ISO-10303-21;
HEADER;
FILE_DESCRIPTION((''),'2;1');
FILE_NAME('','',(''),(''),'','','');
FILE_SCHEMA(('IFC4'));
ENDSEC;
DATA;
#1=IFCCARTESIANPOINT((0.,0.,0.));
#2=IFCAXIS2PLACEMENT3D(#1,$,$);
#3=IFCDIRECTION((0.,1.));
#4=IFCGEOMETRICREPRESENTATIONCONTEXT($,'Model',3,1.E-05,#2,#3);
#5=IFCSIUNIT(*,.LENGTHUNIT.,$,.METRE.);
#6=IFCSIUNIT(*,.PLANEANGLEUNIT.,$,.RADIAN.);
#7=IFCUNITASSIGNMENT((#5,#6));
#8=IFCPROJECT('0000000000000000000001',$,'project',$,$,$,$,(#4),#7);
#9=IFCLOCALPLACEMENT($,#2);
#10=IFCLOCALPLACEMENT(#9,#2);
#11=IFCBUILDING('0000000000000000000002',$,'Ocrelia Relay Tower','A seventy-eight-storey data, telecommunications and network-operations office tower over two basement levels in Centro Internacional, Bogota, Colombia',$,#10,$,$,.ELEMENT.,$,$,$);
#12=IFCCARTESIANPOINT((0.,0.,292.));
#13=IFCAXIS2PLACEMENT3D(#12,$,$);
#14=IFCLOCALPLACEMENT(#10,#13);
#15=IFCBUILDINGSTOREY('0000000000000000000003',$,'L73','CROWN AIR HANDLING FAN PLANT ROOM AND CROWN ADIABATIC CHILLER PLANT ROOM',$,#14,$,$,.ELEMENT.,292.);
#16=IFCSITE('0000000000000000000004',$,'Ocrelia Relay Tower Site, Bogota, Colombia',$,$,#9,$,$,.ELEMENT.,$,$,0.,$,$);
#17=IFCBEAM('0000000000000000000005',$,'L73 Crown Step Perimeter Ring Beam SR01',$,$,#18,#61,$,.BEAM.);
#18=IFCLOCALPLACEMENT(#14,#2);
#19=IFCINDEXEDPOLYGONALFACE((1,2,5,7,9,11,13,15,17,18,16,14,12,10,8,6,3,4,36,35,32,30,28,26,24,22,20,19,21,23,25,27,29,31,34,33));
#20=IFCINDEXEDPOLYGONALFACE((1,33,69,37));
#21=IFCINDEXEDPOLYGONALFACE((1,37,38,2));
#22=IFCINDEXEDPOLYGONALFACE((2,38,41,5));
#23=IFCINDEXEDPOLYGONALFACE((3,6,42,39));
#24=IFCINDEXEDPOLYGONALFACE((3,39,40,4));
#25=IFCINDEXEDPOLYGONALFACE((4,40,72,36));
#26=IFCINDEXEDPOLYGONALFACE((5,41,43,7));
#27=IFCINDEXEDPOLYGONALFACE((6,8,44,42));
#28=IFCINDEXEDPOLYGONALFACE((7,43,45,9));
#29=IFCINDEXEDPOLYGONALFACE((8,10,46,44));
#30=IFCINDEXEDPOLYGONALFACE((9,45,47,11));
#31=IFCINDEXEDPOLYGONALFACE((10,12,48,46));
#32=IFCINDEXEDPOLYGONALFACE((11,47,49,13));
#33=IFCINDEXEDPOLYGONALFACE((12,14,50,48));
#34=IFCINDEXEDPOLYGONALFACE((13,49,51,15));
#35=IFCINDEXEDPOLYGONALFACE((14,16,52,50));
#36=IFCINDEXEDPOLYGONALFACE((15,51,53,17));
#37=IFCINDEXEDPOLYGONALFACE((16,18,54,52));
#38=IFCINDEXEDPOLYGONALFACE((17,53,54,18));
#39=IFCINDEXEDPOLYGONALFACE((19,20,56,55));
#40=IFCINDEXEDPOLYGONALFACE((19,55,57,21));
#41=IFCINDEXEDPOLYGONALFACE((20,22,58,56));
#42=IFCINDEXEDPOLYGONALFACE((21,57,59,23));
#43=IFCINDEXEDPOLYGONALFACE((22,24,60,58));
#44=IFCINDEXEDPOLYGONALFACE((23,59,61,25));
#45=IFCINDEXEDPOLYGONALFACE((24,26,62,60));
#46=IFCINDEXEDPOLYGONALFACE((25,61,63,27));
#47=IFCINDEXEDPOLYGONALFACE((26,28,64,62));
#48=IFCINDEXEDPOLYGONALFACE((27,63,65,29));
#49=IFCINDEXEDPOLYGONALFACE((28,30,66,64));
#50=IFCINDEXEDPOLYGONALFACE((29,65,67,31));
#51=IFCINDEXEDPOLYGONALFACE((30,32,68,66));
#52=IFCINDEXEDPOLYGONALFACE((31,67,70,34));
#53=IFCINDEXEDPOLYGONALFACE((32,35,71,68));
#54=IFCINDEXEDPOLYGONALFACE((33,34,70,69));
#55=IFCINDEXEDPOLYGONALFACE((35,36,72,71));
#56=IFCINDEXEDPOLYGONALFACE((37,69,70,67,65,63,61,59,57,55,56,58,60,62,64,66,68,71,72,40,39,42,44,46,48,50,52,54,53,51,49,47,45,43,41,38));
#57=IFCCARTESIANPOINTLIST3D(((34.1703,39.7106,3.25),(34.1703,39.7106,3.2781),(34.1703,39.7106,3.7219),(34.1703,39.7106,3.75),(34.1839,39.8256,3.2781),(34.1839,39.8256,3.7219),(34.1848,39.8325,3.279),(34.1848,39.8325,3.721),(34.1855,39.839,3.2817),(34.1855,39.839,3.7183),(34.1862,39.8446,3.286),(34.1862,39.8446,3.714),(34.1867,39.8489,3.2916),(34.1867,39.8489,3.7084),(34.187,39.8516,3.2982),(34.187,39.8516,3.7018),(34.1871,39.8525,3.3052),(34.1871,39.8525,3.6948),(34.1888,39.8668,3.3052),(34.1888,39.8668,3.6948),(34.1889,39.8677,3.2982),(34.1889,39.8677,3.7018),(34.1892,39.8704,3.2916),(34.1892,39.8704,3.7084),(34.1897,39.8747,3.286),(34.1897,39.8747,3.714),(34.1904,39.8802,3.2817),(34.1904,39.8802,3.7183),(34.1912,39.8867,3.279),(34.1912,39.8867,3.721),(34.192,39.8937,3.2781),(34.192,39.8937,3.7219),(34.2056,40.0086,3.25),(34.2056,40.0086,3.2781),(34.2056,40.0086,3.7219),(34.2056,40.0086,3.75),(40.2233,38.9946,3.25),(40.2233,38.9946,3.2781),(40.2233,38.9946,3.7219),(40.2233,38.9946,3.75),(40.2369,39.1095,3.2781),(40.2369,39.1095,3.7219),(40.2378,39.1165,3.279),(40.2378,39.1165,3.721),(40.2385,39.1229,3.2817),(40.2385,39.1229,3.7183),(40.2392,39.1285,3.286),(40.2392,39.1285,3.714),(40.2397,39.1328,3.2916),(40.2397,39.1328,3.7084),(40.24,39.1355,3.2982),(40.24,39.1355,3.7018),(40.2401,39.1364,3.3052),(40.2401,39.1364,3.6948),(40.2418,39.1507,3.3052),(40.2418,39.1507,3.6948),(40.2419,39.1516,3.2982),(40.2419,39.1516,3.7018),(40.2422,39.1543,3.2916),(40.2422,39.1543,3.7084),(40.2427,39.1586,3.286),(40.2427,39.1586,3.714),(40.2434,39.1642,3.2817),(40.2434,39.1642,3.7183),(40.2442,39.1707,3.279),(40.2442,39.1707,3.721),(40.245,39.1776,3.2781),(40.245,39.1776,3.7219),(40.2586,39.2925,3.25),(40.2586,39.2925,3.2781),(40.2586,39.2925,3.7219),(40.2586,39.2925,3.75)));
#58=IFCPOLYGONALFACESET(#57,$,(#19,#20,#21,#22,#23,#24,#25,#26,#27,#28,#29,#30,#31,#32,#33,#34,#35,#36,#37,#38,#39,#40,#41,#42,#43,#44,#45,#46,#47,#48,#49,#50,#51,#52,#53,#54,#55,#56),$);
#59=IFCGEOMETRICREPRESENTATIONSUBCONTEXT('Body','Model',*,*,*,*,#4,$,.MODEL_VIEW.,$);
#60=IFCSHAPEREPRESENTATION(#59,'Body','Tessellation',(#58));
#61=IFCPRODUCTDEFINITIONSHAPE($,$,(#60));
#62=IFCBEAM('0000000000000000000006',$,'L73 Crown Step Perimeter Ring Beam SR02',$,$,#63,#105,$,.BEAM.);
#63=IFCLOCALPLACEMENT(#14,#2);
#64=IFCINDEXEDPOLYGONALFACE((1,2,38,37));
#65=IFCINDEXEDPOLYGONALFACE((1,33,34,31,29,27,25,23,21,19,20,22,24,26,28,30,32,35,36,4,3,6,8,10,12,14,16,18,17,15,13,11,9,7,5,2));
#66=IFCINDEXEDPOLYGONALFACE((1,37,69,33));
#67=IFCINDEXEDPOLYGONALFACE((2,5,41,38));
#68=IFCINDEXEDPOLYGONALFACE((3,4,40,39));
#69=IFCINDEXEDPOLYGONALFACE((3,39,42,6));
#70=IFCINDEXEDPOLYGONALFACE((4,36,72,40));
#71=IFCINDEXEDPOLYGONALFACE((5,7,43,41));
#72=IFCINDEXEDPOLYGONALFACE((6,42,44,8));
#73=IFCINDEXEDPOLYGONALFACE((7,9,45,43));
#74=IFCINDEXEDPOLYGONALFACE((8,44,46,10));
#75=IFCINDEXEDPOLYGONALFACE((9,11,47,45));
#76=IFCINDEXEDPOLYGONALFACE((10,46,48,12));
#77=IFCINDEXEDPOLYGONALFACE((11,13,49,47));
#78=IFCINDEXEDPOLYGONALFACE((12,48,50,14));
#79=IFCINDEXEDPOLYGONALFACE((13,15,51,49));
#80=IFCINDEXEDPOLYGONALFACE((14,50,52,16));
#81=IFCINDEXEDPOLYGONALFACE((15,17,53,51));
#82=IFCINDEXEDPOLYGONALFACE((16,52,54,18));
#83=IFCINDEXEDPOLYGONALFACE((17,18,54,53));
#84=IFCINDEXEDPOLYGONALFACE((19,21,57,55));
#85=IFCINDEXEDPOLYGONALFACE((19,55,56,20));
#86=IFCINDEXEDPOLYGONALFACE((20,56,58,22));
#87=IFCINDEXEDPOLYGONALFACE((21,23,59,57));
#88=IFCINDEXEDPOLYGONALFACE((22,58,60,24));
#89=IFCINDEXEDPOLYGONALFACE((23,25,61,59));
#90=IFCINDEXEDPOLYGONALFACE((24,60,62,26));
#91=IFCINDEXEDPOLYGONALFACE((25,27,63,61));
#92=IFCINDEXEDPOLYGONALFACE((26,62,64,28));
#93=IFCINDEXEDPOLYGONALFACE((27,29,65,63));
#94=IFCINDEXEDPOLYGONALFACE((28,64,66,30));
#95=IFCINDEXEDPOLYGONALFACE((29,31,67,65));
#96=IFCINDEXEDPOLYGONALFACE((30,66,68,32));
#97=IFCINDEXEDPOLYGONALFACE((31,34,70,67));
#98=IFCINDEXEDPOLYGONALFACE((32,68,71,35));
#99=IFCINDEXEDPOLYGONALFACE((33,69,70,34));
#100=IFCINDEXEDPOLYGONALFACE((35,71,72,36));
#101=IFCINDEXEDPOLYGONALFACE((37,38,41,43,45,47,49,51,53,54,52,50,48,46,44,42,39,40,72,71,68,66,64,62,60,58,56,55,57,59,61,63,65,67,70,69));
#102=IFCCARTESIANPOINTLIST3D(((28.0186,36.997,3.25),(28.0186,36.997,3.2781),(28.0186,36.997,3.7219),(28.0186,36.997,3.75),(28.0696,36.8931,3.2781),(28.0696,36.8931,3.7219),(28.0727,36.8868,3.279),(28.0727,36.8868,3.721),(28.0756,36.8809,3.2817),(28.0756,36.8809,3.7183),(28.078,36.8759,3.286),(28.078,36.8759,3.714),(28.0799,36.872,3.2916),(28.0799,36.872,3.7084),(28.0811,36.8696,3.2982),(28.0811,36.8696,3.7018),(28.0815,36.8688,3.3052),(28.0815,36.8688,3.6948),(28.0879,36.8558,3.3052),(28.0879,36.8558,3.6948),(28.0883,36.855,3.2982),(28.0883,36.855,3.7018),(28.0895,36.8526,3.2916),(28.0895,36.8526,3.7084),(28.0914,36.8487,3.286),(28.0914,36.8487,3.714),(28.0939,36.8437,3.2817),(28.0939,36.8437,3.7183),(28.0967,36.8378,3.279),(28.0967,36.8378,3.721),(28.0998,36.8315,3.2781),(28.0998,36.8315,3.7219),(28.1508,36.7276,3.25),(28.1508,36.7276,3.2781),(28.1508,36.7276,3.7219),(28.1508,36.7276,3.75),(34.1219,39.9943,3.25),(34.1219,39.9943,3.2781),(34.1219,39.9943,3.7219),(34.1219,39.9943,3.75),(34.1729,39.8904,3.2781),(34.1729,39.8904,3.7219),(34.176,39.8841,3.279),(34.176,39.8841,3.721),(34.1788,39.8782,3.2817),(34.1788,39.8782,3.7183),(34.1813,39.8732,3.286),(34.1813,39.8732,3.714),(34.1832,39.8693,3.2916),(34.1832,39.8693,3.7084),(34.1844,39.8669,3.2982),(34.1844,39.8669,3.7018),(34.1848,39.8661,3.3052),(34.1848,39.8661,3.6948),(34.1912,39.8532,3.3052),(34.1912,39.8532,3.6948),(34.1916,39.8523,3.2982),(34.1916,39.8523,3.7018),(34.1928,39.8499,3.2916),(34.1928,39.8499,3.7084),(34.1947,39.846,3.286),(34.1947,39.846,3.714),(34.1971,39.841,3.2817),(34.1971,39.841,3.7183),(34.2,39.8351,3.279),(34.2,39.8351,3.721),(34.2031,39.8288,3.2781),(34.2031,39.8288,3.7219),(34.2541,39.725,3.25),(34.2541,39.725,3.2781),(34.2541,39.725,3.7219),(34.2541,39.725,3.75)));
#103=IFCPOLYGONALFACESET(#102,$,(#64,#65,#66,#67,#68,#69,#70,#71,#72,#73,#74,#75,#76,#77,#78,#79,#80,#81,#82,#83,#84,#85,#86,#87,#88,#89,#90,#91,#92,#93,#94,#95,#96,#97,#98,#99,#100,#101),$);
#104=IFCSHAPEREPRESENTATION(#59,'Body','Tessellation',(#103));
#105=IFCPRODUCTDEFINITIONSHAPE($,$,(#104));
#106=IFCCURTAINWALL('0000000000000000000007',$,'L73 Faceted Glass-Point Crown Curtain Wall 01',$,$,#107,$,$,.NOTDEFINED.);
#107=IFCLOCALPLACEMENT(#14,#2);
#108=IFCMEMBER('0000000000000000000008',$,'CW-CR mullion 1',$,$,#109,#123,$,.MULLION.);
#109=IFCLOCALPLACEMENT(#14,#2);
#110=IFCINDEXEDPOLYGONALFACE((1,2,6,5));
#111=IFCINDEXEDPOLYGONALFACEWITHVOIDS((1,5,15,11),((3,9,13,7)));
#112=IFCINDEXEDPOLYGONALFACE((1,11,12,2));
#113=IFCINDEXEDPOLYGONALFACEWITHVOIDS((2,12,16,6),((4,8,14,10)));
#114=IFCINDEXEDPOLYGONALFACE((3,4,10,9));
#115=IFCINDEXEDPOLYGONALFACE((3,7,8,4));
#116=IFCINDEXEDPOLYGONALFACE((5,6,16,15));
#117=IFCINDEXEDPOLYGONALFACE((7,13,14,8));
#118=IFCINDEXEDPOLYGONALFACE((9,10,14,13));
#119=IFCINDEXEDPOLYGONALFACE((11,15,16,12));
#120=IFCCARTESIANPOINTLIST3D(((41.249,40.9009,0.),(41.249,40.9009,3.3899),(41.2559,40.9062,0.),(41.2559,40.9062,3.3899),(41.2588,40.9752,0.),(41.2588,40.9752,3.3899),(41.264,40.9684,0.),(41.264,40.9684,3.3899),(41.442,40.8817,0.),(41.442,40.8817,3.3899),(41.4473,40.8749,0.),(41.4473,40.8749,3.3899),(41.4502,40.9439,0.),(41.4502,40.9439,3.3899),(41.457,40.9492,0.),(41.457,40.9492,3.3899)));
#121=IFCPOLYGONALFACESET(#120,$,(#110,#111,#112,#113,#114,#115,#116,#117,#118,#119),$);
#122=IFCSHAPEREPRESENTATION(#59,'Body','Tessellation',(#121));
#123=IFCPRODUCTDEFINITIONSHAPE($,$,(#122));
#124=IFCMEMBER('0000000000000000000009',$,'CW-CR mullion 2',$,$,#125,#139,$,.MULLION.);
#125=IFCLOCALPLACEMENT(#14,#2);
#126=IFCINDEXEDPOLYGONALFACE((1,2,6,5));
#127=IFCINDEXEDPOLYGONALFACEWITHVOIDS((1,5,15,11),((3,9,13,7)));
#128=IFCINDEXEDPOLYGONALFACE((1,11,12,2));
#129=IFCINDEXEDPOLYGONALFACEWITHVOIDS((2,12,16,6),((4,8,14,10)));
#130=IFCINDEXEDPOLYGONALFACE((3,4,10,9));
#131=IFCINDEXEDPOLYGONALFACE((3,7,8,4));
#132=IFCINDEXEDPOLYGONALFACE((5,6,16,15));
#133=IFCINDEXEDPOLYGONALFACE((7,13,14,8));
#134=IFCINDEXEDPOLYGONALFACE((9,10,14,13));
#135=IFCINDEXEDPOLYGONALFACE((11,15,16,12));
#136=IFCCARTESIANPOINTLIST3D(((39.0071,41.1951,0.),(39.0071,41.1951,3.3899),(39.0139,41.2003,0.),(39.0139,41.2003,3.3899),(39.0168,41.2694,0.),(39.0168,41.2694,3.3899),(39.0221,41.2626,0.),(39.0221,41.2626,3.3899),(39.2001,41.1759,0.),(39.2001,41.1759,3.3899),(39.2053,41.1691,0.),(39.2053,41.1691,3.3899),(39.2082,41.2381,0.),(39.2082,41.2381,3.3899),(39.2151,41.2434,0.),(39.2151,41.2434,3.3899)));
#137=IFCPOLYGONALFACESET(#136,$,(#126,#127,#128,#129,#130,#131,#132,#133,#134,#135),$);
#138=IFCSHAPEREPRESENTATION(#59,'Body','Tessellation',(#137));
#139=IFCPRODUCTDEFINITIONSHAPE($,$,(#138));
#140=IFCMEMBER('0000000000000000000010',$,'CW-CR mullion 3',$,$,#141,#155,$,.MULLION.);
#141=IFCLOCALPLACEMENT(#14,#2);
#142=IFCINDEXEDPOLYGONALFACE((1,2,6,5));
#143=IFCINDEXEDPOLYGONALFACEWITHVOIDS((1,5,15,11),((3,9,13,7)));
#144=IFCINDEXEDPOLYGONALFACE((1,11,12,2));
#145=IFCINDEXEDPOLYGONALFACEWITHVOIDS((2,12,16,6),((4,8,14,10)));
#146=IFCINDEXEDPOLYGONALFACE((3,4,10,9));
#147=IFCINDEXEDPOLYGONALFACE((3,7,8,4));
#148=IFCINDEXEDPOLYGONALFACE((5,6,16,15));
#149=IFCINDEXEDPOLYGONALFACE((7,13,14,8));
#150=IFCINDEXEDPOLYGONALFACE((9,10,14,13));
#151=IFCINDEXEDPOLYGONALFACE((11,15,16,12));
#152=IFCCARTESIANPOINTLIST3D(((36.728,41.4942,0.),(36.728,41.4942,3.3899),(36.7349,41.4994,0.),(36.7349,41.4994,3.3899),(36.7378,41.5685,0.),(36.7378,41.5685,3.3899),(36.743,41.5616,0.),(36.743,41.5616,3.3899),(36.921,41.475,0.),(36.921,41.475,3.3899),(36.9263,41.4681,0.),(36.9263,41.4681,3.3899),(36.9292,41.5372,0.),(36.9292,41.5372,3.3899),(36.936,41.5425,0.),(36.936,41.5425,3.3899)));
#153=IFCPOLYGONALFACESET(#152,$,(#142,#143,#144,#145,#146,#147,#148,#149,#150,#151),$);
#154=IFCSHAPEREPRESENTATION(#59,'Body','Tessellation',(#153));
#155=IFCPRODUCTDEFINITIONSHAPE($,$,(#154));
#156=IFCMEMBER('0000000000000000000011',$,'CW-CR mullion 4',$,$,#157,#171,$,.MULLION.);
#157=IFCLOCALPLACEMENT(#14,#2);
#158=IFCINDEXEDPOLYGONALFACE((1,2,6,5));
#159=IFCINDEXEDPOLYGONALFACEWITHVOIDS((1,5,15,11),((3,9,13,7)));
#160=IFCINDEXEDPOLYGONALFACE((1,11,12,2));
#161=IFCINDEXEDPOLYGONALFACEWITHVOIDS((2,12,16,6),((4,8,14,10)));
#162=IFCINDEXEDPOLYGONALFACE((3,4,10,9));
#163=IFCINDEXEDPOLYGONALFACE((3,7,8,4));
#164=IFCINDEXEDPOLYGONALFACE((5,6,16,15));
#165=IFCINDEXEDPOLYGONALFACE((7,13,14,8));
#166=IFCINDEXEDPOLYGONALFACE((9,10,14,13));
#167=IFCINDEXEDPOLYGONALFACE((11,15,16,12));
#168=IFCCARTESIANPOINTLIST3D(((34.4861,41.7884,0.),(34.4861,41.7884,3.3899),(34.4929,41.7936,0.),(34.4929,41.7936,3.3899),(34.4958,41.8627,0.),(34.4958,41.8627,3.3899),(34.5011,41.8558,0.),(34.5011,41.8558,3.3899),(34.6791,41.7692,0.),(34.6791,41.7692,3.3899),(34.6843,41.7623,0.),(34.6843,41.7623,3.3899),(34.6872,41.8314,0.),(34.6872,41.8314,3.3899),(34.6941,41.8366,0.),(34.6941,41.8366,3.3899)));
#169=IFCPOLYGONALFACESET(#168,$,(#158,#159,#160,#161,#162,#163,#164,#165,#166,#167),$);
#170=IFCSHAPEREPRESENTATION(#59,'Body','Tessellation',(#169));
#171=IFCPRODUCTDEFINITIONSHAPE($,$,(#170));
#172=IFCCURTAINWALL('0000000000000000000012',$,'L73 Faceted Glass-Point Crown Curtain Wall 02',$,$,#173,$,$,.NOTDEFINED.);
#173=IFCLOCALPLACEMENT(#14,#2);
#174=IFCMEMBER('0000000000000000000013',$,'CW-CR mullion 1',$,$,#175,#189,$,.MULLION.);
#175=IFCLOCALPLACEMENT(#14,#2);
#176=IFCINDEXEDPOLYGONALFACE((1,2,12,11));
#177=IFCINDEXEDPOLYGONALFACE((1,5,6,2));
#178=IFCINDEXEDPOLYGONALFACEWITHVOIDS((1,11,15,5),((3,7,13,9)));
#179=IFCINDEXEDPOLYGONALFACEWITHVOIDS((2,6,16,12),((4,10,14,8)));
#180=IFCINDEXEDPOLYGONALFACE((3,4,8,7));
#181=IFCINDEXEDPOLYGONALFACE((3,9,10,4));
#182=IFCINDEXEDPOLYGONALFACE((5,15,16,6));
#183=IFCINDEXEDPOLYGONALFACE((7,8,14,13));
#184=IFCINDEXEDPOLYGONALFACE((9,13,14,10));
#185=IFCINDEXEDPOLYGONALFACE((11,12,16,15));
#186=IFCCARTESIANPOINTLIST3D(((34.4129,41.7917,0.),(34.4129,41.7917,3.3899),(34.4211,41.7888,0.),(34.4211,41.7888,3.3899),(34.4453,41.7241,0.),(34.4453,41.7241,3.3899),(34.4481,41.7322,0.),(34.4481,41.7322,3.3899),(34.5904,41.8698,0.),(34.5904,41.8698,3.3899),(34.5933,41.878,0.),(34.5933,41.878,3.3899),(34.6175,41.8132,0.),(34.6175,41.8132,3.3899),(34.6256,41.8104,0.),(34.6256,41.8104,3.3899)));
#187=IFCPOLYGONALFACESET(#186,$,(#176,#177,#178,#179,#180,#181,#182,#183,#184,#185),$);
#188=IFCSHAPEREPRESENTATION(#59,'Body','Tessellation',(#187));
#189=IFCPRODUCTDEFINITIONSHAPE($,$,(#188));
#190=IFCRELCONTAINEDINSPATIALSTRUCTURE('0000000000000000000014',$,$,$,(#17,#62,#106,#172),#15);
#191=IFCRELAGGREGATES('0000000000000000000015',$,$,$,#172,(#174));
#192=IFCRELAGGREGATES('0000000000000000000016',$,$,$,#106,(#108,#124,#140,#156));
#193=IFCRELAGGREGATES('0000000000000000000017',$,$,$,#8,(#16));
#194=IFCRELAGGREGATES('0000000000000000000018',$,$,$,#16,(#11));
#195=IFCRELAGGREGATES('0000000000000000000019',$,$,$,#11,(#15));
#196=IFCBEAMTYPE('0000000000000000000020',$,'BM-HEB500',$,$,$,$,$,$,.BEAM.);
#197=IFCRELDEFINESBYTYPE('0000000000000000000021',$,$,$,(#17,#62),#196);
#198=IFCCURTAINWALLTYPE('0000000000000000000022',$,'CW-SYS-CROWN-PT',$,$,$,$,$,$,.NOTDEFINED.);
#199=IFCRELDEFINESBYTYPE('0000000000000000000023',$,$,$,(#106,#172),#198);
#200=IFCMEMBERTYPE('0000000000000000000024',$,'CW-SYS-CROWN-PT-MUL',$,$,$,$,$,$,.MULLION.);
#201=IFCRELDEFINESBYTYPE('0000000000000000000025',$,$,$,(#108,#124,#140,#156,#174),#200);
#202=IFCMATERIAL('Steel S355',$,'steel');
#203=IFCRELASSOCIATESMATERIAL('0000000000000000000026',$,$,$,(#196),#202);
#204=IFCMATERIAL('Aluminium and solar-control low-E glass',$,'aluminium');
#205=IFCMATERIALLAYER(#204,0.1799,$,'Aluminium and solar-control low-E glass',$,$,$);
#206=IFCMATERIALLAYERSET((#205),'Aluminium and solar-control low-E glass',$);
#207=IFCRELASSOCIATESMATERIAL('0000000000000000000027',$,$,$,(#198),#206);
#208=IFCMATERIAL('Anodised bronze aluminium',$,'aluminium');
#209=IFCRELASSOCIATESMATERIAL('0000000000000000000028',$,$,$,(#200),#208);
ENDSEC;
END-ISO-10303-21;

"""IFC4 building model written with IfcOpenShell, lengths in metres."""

from ifc_helpers import new_model, si_unit, direction, frame, origin, origin_2d, place, context, subcontext, project, spatial, hollow_rectangle, i_section, extrude, material, layer, layer_set, material_profile, profile_set, type_object, element, aggregate, save


model = new_model("IFC4")

# Units and contexts
model_context = context("Model", 3, precision=1e-05, world=origin(), true_north=direction((0.0, 1.0)))
body_context = subcontext(model_context, "Body", "Model", "MODEL_VIEW")
ifc_project = project(units=[si_unit("LENGTHUNIT", "METRE"), si_unit("PLANEANGLEUNIT", "RADIAN")], contexts=[model_context])

# Site, building, storey
site_placement = place(None, origin())
site = spatial("IfcSite", under=ifc_project, at=site_placement, Name="Ocrelia Relay Tower Site, Bogota, Colombia", CompositionType="ELEMENT", RefElevation=0.0)
building_placement = place(site_placement, origin())
building = spatial("IfcBuilding", under=site, at=building_placement, Name="Ocrelia Relay Tower", Description="A seventy-eight-storey data, telecommunications and network-operations office tower over two basement levels in Centro Internacional, Bogota, Colombia", CompositionType="ELEMENT")
storey_placement = place(building_placement, frame((0.0, 0.0, 292.0)))
storey = spatial("IfcBuildingStorey", under=building, at=storey_placement, Name="L73", Description="CROWN AIR HANDLING FAN PLANT ROOM AND CROWN ADIABATIC CHILLER PLANT ROOM", CompositionType="ELEMENT", Elevation=292.0)

# Beams
ifc_material_1 = material(Name="Steel S355", Category="steel")
ifc_material_profile_1 = material_profile(ifc_material_1, i_section(OverallWidth=0.3, OverallDepth=0.5, WebThickness=0.0144, FlangeThickness=0.0281, FilletRadius=0.0271, at=origin_2d()), Name="HEB 500")
ifc_profile_set_1 = profile_set([ifc_material_profile_1], Name="Steel S355")
beam_type_1 = type_object("IfcBeamType", Name="BM-HEB500", PredefinedType="BEAM", material=ifc_profile_set_1)
beam_1_placement = place(storey_placement, frame((40.241, 39.1436, 3.5), z_axis=(-0.993075, 0.11748, 0.0), x_axis=(-0.11748, -0.993075, 0.0)))
element("IfcBeam", 1, at=beam_1_placement, inside=storey, type_object=beam_type_1, Name="L73 Crown Step Perimeter Ring Beam SR01", PredefinedType="BEAM", context=body_context, shape_type="SweptSolid", body=[
    extrude(i_section(OverallWidth=0.3, OverallDepth=0.5, WebThickness=0.0144, FlangeThickness=0.0281, FilletRadius=0.0271, at=origin_2d()), origin(), (0.0, 0.0, 1.0), 6.0952),
])
beam_2_placement = place(storey_placement, frame((34.188, 39.8596, 3.5), z_axis=(-0.8976, -0.440811, 0.0), x_axis=(0.440811, -0.8976, 0.0)))
element("IfcBeam", 2, at=beam_2_placement, inside=storey, type_object=beam_type_1, Name="L73 Crown Step Perimeter Ring Beam SR02", PredefinedType="BEAM", context=body_context, shape_type="SweptSolid", body=[
    extrude(i_section(OverallWidth=0.3, OverallDepth=0.5, WebThickness=0.0144, FlangeThickness=0.0281, FilletRadius=0.0271, at=origin_2d()), origin(), (0.0, 0.0, 1.0), 6.7996),
])

# Curtain wall, members
ifc_material_2 = material(Name="Aluminium and solar-control low-E glass", Category="aluminium")
ifc_layer_1 = layer(ifc_material_2, 0.1799, Name="Aluminium and solar-control low-E glass")
ifc_layer_set_1 = layer_set([ifc_layer_1], Name="Aluminium and solar-control low-E glass")
curtain_wall_type = type_object("IfcCurtainWallType", Name="CW-SYS-CROWN-PT", PredefinedType="NOTDEFINED", material=ifc_layer_set_1)
curtain_wall_1_placement = place(storey_placement, origin())
curtain_wall_1 = element("IfcCurtainWall", 3, at=curtain_wall_1_placement, inside=storey, type_object=curtain_wall_type, Name="L73 Faceted Glass-Point Crown Curtain Wall 01", PredefinedType="NOTDEFINED")
ifc_material_3 = material(Name="Anodised bronze aluminium", Category="aluminium")
ifc_material_profile_2 = material_profile(ifc_material_3, hollow_rectangle(XDim=0.075, YDim=0.2, WallThickness=0.0061, at=origin_2d()), Name="CW-MUL-200x75")
ifc_profile_set_2 = profile_set([ifc_material_profile_2], Name="Anodised bronze aluminium")
member_type_1 = type_object("IfcMemberType", Name="CW-SYS-CROWN-PT-MUL", PredefinedType="MULLION", material=ifc_profile_set_2)
member_1_placement = place(storey_placement, frame((41.353, 40.925, 0.0), z_axis=(0.0, 0.0, 1.0), x_axis=(-0.130108, -0.9915, 0.0)))
member_1 = element("IfcMember", 4, at=member_1_placement, type_object=member_type_1, Name="CW-CR mullion 1", PredefinedType="MULLION", context=body_context, shape_type="SweptSolid", body=[
    extrude(hollow_rectangle(XDim=0.075, YDim=0.2, WallThickness=0.0061, at=origin_2d()), origin(), (0.0, 0.0, 1.0), 3.3899),
])
member_2_placement = place(storey_placement, frame((39.1111, 41.2192, 0.0), z_axis=(0.0, 0.0, 1.0), x_axis=(-0.130108, -0.9915, 0.0)))
member_2 = element("IfcMember", 5, at=member_2_placement, type_object=member_type_1, Name="CW-CR mullion 2", PredefinedType="MULLION", context=body_context, shape_type="SweptSolid", body=[
    extrude(hollow_rectangle(XDim=0.075, YDim=0.2, WallThickness=0.0061, at=origin_2d()), origin(), (0.0, 0.0, 1.0), 3.3899),
])
member_3_placement = place(storey_placement, frame((36.832, 41.5183, 0.0), z_axis=(0.0, 0.0, 1.0), x_axis=(-0.130108, -0.9915, 0.0)))
member_3 = element("IfcMember", 6, at=member_3_placement, type_object=member_type_1, Name="CW-CR mullion 3", PredefinedType="MULLION", context=body_context, shape_type="SweptSolid", body=[
    extrude(hollow_rectangle(XDim=0.075, YDim=0.2, WallThickness=0.0061, at=origin_2d()), origin(), (0.0, 0.0, 1.0), 3.3899),
])
member_4_placement = place(storey_placement, frame((34.5901, 41.8125, 0.0), z_axis=(0.0, 0.0, 1.0), x_axis=(-0.130108, -0.9915, 0.0)))
member_4 = element("IfcMember", 7, at=member_4_placement, type_object=member_type_1, Name="CW-CR mullion 4", PredefinedType="MULLION", context=body_context, shape_type="SweptSolid", body=[
    extrude(hollow_rectangle(XDim=0.075, YDim=0.2, WallThickness=0.0061, at=origin_2d()), origin(), (0.0, 0.0, 1.0), 3.3899),
])

# Curtain wall, member
curtain_wall_2_placement = place(storey_placement, origin())
curtain_wall_2 = element("IfcCurtainWall", 8, at=curtain_wall_2_placement, inside=storey, type_object=curtain_wall_type, Name="L73 Faceted Glass-Point Crown Curtain Wall 02", PredefinedType="NOTDEFINED")
member_5_placement = place(storey_placement, frame((34.5193, 41.801, 0.0), z_axis=(0.0, 0.0, 1.0), x_axis=(0.431477, -0.902124, 0.0)))
member_5 = element("IfcMember", 9, at=member_5_placement, type_object=member_type_1, Name="CW-CR mullion 1", PredefinedType="MULLION", context=body_context, shape_type="SweptSolid", body=[
    extrude(hollow_rectangle(XDim=0.075, YDim=0.2, WallThickness=0.0061, at=origin_2d()), origin(), (0.0, 0.0, 1.0), 3.3899),
])

aggregate(curtain_wall_2, [member_5])

aggregate(curtain_wall_1, [member_1, member_2, member_3, member_4])

save(model, "model.ifc")
